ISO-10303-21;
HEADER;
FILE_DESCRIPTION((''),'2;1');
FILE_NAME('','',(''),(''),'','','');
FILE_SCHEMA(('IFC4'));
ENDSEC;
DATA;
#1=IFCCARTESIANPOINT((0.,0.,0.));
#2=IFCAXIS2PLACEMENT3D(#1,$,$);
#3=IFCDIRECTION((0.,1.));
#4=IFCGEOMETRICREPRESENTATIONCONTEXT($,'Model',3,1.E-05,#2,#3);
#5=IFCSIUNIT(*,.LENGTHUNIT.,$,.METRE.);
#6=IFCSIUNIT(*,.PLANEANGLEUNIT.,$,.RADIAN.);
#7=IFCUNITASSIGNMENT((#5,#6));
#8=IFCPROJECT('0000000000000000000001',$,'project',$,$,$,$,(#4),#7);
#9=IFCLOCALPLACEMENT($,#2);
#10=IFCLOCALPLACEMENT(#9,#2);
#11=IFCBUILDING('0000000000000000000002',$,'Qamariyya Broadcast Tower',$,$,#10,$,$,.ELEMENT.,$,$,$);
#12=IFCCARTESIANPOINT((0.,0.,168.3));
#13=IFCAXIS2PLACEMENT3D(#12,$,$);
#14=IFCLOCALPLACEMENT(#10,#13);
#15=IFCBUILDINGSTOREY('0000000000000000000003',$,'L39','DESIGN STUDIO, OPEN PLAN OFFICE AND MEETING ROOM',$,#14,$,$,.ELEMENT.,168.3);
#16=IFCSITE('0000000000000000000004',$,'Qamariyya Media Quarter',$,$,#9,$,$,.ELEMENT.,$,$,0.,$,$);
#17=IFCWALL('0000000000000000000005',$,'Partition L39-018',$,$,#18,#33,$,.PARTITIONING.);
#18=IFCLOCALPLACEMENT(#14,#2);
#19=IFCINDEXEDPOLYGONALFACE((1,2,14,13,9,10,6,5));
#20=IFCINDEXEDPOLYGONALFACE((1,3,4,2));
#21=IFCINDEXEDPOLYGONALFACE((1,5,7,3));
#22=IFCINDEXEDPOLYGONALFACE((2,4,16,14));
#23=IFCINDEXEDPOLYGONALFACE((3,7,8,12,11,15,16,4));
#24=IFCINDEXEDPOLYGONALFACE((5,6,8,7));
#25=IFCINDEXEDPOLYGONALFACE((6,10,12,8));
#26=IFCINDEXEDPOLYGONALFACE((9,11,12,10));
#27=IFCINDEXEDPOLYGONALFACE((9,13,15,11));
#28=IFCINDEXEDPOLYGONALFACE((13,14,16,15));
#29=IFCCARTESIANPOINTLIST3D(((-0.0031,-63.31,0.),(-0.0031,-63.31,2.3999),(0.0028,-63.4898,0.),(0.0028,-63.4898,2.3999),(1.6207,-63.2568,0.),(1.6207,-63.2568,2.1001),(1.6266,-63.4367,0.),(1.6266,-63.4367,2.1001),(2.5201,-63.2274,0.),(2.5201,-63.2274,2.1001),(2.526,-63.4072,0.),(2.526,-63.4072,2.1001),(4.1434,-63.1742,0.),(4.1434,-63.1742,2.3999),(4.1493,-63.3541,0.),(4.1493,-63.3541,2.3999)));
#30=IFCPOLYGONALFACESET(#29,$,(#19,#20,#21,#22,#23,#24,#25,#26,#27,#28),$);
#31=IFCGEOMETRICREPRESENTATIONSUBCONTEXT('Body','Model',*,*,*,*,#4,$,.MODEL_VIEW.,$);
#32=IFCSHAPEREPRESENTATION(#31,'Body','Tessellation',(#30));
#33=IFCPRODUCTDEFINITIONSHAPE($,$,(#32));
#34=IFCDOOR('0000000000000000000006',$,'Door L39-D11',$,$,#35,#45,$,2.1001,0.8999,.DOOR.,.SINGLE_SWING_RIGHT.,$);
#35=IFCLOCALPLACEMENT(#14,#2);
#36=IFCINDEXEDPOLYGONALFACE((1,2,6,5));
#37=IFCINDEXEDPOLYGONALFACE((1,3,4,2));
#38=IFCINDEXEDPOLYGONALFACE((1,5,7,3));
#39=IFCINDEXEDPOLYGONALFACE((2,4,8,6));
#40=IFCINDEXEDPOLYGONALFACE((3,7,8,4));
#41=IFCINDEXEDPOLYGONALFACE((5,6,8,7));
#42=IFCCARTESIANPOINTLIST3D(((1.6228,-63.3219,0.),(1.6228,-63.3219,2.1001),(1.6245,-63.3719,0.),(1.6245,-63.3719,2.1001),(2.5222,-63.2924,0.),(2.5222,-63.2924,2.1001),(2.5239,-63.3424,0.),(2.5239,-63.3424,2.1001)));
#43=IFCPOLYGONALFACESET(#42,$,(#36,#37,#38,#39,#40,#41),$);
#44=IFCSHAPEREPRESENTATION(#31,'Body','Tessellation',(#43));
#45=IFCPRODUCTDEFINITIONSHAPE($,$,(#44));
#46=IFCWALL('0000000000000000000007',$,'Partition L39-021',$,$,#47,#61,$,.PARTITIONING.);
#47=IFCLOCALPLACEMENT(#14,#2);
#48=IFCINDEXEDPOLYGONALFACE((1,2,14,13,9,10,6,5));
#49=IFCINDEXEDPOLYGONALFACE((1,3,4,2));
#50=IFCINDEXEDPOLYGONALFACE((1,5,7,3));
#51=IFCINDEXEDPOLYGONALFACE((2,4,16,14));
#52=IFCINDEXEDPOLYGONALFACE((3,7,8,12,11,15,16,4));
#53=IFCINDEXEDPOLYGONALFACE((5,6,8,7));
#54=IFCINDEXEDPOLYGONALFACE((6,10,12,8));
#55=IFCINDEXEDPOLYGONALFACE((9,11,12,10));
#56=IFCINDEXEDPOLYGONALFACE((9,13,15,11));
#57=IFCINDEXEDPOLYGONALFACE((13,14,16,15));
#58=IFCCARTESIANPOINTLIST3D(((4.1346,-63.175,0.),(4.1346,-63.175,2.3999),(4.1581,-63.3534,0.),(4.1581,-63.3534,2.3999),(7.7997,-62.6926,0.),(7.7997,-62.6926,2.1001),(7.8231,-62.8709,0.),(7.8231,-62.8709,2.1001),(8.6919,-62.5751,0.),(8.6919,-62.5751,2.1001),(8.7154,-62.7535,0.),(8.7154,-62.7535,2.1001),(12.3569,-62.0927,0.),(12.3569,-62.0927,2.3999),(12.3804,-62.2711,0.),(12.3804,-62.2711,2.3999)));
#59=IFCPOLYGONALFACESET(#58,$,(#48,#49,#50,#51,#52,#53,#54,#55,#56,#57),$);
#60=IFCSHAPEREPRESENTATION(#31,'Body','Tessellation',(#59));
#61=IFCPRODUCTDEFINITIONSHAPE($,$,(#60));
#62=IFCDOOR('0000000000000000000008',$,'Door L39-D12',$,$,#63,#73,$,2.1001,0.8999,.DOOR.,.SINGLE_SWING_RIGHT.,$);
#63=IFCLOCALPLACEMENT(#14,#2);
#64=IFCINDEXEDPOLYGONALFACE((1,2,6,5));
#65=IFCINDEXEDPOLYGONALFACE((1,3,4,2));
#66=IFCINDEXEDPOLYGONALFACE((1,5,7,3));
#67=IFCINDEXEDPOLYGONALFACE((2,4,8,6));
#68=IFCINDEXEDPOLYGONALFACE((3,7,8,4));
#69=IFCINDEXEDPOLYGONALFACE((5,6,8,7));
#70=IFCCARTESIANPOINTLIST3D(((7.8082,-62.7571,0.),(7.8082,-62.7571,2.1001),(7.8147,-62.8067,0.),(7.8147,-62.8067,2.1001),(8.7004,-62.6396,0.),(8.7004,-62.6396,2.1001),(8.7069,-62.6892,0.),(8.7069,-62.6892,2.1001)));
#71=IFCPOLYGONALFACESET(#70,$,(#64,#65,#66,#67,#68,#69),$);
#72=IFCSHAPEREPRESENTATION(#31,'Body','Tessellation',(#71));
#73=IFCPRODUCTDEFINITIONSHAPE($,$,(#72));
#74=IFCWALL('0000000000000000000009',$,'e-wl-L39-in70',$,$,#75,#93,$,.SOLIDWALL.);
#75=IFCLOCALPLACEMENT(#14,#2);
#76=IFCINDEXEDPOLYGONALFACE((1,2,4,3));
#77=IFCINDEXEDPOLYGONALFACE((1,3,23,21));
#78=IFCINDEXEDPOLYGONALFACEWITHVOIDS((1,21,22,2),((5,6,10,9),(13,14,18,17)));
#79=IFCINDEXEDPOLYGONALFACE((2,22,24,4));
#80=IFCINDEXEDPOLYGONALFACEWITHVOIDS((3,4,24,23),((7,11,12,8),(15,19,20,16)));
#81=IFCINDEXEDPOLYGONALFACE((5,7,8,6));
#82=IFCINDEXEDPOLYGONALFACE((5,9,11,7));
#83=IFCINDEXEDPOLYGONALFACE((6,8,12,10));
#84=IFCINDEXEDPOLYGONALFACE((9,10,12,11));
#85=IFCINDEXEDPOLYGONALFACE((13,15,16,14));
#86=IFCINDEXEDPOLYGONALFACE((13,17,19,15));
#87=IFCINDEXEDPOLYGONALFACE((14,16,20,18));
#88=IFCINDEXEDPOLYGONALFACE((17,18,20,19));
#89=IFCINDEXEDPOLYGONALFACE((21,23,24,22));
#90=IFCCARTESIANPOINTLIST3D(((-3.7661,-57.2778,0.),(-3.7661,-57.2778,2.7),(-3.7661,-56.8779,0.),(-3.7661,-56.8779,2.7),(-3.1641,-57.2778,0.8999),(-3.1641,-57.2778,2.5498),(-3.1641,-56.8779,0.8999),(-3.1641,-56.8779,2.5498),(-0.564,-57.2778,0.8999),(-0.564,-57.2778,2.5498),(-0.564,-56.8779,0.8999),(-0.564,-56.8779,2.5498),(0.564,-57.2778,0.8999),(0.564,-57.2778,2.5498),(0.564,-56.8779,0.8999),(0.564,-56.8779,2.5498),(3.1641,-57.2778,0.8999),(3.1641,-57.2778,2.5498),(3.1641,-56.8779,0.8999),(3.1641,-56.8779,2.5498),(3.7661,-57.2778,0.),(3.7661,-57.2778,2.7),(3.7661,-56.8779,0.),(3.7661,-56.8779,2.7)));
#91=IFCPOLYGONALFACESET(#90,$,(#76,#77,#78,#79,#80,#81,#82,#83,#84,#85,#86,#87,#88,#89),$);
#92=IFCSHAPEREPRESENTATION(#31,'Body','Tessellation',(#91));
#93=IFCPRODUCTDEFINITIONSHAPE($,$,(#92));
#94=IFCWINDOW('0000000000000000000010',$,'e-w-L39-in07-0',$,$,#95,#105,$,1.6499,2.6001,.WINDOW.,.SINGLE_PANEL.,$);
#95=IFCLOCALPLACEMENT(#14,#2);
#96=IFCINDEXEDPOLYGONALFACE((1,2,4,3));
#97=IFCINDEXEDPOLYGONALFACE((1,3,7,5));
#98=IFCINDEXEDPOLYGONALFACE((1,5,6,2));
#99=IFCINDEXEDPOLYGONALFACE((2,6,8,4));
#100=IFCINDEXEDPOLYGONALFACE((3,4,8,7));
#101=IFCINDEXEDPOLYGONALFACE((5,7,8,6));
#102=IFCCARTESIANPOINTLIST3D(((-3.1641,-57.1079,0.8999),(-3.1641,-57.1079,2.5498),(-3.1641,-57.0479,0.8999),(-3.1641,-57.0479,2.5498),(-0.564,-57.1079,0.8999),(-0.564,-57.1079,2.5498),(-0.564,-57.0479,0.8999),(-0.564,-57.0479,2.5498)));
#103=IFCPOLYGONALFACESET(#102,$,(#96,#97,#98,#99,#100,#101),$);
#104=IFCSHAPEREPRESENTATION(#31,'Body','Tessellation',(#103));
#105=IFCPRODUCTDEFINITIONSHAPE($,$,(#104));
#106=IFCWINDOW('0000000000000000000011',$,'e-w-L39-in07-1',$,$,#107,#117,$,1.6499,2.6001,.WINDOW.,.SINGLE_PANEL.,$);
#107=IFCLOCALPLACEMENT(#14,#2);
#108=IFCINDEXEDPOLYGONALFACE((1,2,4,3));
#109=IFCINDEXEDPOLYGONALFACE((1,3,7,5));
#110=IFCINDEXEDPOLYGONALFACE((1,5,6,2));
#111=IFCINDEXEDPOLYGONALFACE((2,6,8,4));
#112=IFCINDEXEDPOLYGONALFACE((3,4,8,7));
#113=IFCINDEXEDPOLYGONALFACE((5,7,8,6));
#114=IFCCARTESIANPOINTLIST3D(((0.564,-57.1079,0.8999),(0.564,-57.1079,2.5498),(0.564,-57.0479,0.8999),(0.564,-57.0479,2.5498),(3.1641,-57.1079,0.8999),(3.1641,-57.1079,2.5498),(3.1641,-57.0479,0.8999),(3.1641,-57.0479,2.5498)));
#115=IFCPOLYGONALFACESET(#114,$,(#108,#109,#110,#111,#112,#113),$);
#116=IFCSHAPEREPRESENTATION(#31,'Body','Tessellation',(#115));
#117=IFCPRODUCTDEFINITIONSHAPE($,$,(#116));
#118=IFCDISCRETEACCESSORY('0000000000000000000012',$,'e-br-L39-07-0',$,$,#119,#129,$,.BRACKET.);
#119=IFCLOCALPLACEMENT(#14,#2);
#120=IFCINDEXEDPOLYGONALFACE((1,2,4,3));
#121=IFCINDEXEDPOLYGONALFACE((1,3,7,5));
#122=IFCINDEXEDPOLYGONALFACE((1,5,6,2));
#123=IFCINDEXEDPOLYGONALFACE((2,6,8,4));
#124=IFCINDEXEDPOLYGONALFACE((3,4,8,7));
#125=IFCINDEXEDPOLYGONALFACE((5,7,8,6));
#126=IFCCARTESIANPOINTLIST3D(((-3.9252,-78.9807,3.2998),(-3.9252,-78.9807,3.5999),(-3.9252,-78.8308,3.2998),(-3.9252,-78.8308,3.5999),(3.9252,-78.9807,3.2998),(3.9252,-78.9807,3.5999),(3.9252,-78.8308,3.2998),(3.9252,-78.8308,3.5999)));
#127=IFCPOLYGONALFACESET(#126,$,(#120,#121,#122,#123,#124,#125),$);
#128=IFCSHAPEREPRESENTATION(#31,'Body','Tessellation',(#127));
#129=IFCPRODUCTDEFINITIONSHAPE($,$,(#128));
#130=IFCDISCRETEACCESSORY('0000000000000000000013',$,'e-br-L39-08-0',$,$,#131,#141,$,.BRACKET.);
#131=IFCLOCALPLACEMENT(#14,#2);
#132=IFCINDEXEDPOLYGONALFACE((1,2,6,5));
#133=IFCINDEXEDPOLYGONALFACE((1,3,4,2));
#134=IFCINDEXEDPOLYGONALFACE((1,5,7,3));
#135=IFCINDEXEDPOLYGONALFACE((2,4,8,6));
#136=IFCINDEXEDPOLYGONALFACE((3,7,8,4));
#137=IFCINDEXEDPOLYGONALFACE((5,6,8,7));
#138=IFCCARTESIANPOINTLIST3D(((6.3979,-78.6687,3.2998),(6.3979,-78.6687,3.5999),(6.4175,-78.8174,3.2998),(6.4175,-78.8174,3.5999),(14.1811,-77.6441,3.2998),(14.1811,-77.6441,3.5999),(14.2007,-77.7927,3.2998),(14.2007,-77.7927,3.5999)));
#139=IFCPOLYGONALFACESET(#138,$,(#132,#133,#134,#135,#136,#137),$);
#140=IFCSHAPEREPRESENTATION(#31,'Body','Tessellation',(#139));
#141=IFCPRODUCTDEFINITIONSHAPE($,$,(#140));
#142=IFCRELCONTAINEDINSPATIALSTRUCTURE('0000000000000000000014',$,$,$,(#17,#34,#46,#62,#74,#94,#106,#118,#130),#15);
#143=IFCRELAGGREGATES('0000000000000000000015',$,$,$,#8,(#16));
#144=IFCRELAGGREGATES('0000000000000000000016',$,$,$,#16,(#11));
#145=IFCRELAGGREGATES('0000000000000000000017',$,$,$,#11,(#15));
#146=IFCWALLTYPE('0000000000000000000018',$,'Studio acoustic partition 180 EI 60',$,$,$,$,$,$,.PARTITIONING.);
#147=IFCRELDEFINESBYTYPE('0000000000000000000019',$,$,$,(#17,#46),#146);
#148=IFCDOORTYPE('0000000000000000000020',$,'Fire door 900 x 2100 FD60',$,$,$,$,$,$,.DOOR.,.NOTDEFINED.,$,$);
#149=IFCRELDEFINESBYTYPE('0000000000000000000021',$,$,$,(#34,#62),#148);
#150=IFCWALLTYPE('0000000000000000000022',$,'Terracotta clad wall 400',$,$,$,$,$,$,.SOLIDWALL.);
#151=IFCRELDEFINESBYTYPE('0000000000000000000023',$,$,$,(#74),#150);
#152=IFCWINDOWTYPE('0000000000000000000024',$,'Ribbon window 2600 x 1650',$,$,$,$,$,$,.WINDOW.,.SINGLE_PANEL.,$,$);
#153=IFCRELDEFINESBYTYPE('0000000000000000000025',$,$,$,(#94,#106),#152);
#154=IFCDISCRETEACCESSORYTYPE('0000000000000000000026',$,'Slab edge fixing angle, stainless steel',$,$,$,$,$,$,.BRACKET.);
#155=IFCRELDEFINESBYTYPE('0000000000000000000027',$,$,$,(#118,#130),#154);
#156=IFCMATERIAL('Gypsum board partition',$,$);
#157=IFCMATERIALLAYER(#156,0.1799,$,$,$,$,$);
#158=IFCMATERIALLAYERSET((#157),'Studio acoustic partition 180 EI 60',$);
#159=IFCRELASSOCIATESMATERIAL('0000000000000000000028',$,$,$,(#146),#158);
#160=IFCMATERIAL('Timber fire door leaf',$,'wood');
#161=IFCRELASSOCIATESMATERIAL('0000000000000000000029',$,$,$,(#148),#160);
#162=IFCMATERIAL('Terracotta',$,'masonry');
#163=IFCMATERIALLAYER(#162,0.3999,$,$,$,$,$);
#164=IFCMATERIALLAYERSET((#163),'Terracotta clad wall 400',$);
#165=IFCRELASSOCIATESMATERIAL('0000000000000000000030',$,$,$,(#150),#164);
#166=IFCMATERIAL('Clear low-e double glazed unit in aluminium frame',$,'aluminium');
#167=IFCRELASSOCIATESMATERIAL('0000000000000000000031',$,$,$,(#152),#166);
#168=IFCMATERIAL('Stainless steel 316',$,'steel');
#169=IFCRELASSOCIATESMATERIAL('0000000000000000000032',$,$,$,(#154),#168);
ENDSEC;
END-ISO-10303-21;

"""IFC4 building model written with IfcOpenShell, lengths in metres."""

from ifc_helpers import new_model, si_unit, direction, frame, frame_2d, origin, origin_2d, place, context, subcontext, project, spatial, rectangle, extrude, material, layer, layer_set, type_object, element, fill, save


model = new_model("IFC4")

# Units and contexts
model_context = context("Model", 3, precision=1e-05, world=origin(), true_north=direction((0.0, 1.0)))
body_context = subcontext(model_context, "Body", "Model", "MODEL_VIEW")
ifc_project = project(units=[si_unit("LENGTHUNIT", "METRE"), si_unit("PLANEANGLEUNIT", "RADIAN")], contexts=[model_context])

# Site, building, storey
site_placement = place(None, origin())
site = spatial("IfcSite", under=ifc_project, at=site_placement, Name="Qamariyya Media Quarter", CompositionType="ELEMENT", RefElevation=0.0)
building_placement = place(site_placement, origin())
building = spatial("IfcBuilding", under=site, at=building_placement, Name="Qamariyya Broadcast Tower", CompositionType="ELEMENT")
storey_placement = place(building_placement, frame((0.0, 0.0, 168.3)))
storey = spatial("IfcBuildingStorey", under=building, at=storey_placement, Name="L39", Description="DESIGN STUDIO, OPEN PLAN OFFICE AND MEETING ROOM", CompositionType="ELEMENT", Elevation=168.3)

# Shared definitions
ifc_material_1 = material(Name="Gypsum board partition")

# Walls, openings, doors
ifc_layer_1 = layer(ifc_material_1, 0.1799)
ifc_layer_set_1 = layer_set([ifc_layer_1], Name="Studio acoustic partition 180 EI 60")
wall_type_1 = type_object("IfcWallType", Name="Studio acoustic partition 180 EI 60", PredefinedType="PARTITIONING", material=ifc_layer_set_1)
ifc_material_2 = material(Name="Timber fire door leaf", Category="wood")
wall_1_placement = place(storey_placement, frame((0.0, -63.3999, 0.0), z_axis=(0.0, 0.0, 1.0), x_axis=(0.999465, 0.032719, 0.0)))
wall_1 = element("IfcWall", 1, at=wall_1_placement, inside=storey, type_object=wall_type_1, Name="Partition L39-018", PredefinedType="PARTITIONING", context=body_context, shape_type="SweptSolid", body=[
    extrude(rectangle(XDim=4.1487, YDim=0.1799, at=frame_2d((2.0742, 0.0))), origin(), (0.0, 0.0, 1.0), 2.3999),
])
opening_1_placement = place(wall_1_placement, frame((1.6245, 0.0, 0.0)))
opening_1 = element("IfcOpeningElement", 2, at=opening_1_placement, cuts=wall_1, PredefinedType="OPENING", context=body_context, shape_type="SweptSolid", body=[
    extrude(rectangle(XDim=0.8999, YDim=2.1001, at=frame_2d((0.45, 1.05))), frame((0.0, 0.0999, 0.0), z_axis=(0.0, -1.0, 0.0), x_axis=(1.0, 0.0, 0.0)), (0.0, 0.0, 1.0), 0.2),
])
door_type_1 = type_object("IfcDoorType", Name="Fire door 900 x 2100 FD60", OperationType="NOTDEFINED", PredefinedType="DOOR", material=ifc_material_2)
door_1_placement = place(opening_1_placement, origin())
door_1 = element("IfcDoor", 3, at=door_1_placement, inside=storey, type_object=door_type_1, Name="Door L39-D11", OperationType="SINGLE_SWING_RIGHT", OverallHeight=2.1001, OverallWidth=0.8999, PredefinedType="DOOR", context=body_context, shape_type="SweptSolid", body=[
    extrude(rectangle(XDim=0.8999, YDim=2.1001, at=frame_2d((0.45, 1.05))), frame((0.0, 0.0249, 0.0), z_axis=(0.0, -1.0, 0.0), x_axis=(1.0, 0.0, 0.0)), (0.0, 0.0, 1.0), 0.05),
])
fill(opening_1, door_1)
wall_2_placement = place(storey_placement, frame((4.1465, -63.2642, 0.0), z_axis=(0.0, 0.0, 1.0), x_axis=(0.991448, 0.130503, 0.0)))
wall_2 = element("IfcWall", 4, at=wall_2_placement, inside=storey, type_object=wall_type_1, Name="Partition L39-021", PredefinedType="PARTITIONING", context=body_context, shape_type="SweptSolid", body=[
    extrude(rectangle(XDim=8.2932, YDim=0.1799, at=frame_2d((4.1465, 0.0))), origin(), (0.0, 0.0, 1.0), 2.3999),
])
opening_2_placement = place(wall_2_placement, frame((3.6965, 0.0, 0.0)))
opening_2 = element("IfcOpeningElement", 5, at=opening_2_placement, cuts=wall_2, PredefinedType="OPENING", context=body_context, shape_type="SweptSolid", body=[
    extrude(rectangle(XDim=0.8999, YDim=2.1001, at=frame_2d((0.45, 1.05))), frame((0.0, 0.0999, 0.0), z_axis=(0.0, -1.0, 0.0), x_axis=(1.0, 0.0, 0.0)), (0.0, 0.0, 1.0), 0.2),
])
door_2_placement = place(opening_2_placement, origin())
door_2 = element("IfcDoor", 6, at=door_2_placement, inside=storey, type_object=door_type_1, Name="Door L39-D12", OperationType="SINGLE_SWING_RIGHT", OverallHeight=2.1001, OverallWidth=0.8999, PredefinedType="DOOR", context=body_context, shape_type="SweptSolid", body=[
    extrude(rectangle(XDim=0.8999, YDim=2.1001, at=frame_2d((0.45, 1.05))), frame((0.0, 0.0249, 0.0), z_axis=(0.0, -1.0, 0.0), x_axis=(1.0, 0.0, 0.0)), (0.0, 0.0, 1.0), 0.05),
])
fill(opening_2, door_2)

# Wall, openings, windows
ifc_material_3 = material(Name="Terracotta", Category="masonry")
ifc_layer_2 = layer(ifc_material_3, 0.3999)
ifc_layer_set_2 = layer_set([ifc_layer_2], Name="Terracotta clad wall 400")
wall_type_2 = type_object("IfcWallType", Name="Terracotta clad wall 400", PredefinedType="SOLIDWALL", material=ifc_layer_set_2)
wall_3_placement = place(storey_placement, frame((3.7661, -57.0779, 0.0), z_axis=(0.0, 0.0, 1.0), x_axis=(-1.0, 0.0, 0.0)))
wall_3 = element("IfcWall", 7, at=wall_3_placement, inside=storey, type_object=wall_type_2, Name="e-wl-L39-in70", PredefinedType="SOLIDWALL", context=body_context, shape_type="SweptSolid", body=[
    extrude(rectangle(XDim=7.5322, YDim=0.3999, at=frame_2d((3.7661, 0.0))), origin(), (0.0, 0.0, 1.0), 2.7),
])
opening_3_placement = place(wall_3_placement, frame((4.3301, 0.0, 0.8999)))
opening_3 = element("IfcOpeningElement", 8, at=opening_3_placement, cuts=wall_3, PredefinedType="OPENING", context=body_context, shape_type="SweptSolid", body=[
    extrude(rectangle(XDim=2.6001, YDim=1.6499, at=frame_2d((1.3, 0.825))), frame((0.0, 0.21, 0.0), z_axis=(0.0, -1.0, 0.0), x_axis=(1.0, 0.0, 0.0)), (0.0, 0.0, 1.0), 0.4199),
])
opening_4_placement = place(wall_3_placement, frame((0.6021, 0.0, 0.8999)))
opening_4 = element("IfcOpeningElement", 9, at=opening_4_placement, cuts=wall_3, PredefinedType="OPENING", context=body_context, shape_type="SweptSolid", body=[
    extrude(rectangle(XDim=2.6001, YDim=1.6499, at=frame_2d((1.3, 0.825))), frame((0.0, 0.21, 0.0), z_axis=(0.0, -1.0, 0.0), x_axis=(1.0, 0.0, 0.0)), (0.0, 0.0, 1.0), 0.4199),
])
ifc_material_4 = material(Name="Clear low-e double glazed unit in aluminium frame", Category="aluminium")
window_type = type_object("IfcWindowType", Name="Ribbon window 2600 x 1650", PartitioningType="SINGLE_PANEL", PredefinedType="WINDOW", material=ifc_material_4)
window_1_placement = place(opening_3_placement, origin())
window_1 = element("IfcWindow", 10, at=window_1_placement, inside=storey, type_object=window_type, Name="e-w-L39-in07-0", OverallHeight=1.6499, OverallWidth=2.6001, PartitioningType="SINGLE_PANEL", PredefinedType="WINDOW", context=body_context, shape_type="SweptSolid", body=[
    extrude(rectangle(XDim=2.6001, YDim=1.6499, at=frame_2d((1.3, 0.825))), frame((0.0, 0.03, 0.0), z_axis=(0.0, -1.0, 0.0), x_axis=(1.0, 0.0, 0.0)), (0.0, 0.0, 1.0), 0.0601),
])
fill(opening_3, window_1)
window_2_placement = place(opening_4_placement, origin())
window_2 = element("IfcWindow", 11, at=window_2_placement, inside=storey, type_object=window_type, Name="e-w-L39-in07-1", OverallHeight=1.6499, OverallWidth=2.6001, PartitioningType="SINGLE_PANEL", PredefinedType="WINDOW", context=body_context, shape_type="SweptSolid", body=[
    extrude(rectangle(XDim=2.6001, YDim=1.6499, at=frame_2d((1.3, 0.825))), frame((0.0, 0.03, 0.0), z_axis=(0.0, -1.0, 0.0), x_axis=(1.0, 0.0, 0.0)), (0.0, 0.0, 1.0), 0.0601),
])
fill(opening_4, window_2)

# Discrete accessories
ifc_material_5 = material(Name="Stainless steel 316", Category="steel")
discrete_accessory_type = type_object("IfcDiscreteAccessoryType", Name="Slab edge fixing angle, stainless steel", PredefinedType="BRACKET", material=ifc_material_5)
for number, where, z_axis, x_axis, name in (
    (12, (0.0, -78.9058, 3.2998), (0.0, 0.0, 1.0), (1.0, 0.0, 0.0), "e-br-L39-07-0"),
    (13, (10.2993, -78.2307, 3.2998), (0.0, 0.0, 1.0), (0.991445, 0.130526, 0.0), "e-br-L39-08-0"),
):
    element("IfcDiscreteAccessory", number, at=place(storey_placement, frame(where, z_axis=z_axis, x_axis=x_axis)), inside=storey, type_object=discrete_accessory_type, Name=name, PredefinedType="BRACKET", context=body_context, shape_type="SweptSolid", body=[
        extrude(rectangle(XDim=7.8503, YDim=0.1499, at=origin_2d()), origin(), (0.0, 0.0, 1.0), 0.3),
    ])

save(model, "model.ifc")
